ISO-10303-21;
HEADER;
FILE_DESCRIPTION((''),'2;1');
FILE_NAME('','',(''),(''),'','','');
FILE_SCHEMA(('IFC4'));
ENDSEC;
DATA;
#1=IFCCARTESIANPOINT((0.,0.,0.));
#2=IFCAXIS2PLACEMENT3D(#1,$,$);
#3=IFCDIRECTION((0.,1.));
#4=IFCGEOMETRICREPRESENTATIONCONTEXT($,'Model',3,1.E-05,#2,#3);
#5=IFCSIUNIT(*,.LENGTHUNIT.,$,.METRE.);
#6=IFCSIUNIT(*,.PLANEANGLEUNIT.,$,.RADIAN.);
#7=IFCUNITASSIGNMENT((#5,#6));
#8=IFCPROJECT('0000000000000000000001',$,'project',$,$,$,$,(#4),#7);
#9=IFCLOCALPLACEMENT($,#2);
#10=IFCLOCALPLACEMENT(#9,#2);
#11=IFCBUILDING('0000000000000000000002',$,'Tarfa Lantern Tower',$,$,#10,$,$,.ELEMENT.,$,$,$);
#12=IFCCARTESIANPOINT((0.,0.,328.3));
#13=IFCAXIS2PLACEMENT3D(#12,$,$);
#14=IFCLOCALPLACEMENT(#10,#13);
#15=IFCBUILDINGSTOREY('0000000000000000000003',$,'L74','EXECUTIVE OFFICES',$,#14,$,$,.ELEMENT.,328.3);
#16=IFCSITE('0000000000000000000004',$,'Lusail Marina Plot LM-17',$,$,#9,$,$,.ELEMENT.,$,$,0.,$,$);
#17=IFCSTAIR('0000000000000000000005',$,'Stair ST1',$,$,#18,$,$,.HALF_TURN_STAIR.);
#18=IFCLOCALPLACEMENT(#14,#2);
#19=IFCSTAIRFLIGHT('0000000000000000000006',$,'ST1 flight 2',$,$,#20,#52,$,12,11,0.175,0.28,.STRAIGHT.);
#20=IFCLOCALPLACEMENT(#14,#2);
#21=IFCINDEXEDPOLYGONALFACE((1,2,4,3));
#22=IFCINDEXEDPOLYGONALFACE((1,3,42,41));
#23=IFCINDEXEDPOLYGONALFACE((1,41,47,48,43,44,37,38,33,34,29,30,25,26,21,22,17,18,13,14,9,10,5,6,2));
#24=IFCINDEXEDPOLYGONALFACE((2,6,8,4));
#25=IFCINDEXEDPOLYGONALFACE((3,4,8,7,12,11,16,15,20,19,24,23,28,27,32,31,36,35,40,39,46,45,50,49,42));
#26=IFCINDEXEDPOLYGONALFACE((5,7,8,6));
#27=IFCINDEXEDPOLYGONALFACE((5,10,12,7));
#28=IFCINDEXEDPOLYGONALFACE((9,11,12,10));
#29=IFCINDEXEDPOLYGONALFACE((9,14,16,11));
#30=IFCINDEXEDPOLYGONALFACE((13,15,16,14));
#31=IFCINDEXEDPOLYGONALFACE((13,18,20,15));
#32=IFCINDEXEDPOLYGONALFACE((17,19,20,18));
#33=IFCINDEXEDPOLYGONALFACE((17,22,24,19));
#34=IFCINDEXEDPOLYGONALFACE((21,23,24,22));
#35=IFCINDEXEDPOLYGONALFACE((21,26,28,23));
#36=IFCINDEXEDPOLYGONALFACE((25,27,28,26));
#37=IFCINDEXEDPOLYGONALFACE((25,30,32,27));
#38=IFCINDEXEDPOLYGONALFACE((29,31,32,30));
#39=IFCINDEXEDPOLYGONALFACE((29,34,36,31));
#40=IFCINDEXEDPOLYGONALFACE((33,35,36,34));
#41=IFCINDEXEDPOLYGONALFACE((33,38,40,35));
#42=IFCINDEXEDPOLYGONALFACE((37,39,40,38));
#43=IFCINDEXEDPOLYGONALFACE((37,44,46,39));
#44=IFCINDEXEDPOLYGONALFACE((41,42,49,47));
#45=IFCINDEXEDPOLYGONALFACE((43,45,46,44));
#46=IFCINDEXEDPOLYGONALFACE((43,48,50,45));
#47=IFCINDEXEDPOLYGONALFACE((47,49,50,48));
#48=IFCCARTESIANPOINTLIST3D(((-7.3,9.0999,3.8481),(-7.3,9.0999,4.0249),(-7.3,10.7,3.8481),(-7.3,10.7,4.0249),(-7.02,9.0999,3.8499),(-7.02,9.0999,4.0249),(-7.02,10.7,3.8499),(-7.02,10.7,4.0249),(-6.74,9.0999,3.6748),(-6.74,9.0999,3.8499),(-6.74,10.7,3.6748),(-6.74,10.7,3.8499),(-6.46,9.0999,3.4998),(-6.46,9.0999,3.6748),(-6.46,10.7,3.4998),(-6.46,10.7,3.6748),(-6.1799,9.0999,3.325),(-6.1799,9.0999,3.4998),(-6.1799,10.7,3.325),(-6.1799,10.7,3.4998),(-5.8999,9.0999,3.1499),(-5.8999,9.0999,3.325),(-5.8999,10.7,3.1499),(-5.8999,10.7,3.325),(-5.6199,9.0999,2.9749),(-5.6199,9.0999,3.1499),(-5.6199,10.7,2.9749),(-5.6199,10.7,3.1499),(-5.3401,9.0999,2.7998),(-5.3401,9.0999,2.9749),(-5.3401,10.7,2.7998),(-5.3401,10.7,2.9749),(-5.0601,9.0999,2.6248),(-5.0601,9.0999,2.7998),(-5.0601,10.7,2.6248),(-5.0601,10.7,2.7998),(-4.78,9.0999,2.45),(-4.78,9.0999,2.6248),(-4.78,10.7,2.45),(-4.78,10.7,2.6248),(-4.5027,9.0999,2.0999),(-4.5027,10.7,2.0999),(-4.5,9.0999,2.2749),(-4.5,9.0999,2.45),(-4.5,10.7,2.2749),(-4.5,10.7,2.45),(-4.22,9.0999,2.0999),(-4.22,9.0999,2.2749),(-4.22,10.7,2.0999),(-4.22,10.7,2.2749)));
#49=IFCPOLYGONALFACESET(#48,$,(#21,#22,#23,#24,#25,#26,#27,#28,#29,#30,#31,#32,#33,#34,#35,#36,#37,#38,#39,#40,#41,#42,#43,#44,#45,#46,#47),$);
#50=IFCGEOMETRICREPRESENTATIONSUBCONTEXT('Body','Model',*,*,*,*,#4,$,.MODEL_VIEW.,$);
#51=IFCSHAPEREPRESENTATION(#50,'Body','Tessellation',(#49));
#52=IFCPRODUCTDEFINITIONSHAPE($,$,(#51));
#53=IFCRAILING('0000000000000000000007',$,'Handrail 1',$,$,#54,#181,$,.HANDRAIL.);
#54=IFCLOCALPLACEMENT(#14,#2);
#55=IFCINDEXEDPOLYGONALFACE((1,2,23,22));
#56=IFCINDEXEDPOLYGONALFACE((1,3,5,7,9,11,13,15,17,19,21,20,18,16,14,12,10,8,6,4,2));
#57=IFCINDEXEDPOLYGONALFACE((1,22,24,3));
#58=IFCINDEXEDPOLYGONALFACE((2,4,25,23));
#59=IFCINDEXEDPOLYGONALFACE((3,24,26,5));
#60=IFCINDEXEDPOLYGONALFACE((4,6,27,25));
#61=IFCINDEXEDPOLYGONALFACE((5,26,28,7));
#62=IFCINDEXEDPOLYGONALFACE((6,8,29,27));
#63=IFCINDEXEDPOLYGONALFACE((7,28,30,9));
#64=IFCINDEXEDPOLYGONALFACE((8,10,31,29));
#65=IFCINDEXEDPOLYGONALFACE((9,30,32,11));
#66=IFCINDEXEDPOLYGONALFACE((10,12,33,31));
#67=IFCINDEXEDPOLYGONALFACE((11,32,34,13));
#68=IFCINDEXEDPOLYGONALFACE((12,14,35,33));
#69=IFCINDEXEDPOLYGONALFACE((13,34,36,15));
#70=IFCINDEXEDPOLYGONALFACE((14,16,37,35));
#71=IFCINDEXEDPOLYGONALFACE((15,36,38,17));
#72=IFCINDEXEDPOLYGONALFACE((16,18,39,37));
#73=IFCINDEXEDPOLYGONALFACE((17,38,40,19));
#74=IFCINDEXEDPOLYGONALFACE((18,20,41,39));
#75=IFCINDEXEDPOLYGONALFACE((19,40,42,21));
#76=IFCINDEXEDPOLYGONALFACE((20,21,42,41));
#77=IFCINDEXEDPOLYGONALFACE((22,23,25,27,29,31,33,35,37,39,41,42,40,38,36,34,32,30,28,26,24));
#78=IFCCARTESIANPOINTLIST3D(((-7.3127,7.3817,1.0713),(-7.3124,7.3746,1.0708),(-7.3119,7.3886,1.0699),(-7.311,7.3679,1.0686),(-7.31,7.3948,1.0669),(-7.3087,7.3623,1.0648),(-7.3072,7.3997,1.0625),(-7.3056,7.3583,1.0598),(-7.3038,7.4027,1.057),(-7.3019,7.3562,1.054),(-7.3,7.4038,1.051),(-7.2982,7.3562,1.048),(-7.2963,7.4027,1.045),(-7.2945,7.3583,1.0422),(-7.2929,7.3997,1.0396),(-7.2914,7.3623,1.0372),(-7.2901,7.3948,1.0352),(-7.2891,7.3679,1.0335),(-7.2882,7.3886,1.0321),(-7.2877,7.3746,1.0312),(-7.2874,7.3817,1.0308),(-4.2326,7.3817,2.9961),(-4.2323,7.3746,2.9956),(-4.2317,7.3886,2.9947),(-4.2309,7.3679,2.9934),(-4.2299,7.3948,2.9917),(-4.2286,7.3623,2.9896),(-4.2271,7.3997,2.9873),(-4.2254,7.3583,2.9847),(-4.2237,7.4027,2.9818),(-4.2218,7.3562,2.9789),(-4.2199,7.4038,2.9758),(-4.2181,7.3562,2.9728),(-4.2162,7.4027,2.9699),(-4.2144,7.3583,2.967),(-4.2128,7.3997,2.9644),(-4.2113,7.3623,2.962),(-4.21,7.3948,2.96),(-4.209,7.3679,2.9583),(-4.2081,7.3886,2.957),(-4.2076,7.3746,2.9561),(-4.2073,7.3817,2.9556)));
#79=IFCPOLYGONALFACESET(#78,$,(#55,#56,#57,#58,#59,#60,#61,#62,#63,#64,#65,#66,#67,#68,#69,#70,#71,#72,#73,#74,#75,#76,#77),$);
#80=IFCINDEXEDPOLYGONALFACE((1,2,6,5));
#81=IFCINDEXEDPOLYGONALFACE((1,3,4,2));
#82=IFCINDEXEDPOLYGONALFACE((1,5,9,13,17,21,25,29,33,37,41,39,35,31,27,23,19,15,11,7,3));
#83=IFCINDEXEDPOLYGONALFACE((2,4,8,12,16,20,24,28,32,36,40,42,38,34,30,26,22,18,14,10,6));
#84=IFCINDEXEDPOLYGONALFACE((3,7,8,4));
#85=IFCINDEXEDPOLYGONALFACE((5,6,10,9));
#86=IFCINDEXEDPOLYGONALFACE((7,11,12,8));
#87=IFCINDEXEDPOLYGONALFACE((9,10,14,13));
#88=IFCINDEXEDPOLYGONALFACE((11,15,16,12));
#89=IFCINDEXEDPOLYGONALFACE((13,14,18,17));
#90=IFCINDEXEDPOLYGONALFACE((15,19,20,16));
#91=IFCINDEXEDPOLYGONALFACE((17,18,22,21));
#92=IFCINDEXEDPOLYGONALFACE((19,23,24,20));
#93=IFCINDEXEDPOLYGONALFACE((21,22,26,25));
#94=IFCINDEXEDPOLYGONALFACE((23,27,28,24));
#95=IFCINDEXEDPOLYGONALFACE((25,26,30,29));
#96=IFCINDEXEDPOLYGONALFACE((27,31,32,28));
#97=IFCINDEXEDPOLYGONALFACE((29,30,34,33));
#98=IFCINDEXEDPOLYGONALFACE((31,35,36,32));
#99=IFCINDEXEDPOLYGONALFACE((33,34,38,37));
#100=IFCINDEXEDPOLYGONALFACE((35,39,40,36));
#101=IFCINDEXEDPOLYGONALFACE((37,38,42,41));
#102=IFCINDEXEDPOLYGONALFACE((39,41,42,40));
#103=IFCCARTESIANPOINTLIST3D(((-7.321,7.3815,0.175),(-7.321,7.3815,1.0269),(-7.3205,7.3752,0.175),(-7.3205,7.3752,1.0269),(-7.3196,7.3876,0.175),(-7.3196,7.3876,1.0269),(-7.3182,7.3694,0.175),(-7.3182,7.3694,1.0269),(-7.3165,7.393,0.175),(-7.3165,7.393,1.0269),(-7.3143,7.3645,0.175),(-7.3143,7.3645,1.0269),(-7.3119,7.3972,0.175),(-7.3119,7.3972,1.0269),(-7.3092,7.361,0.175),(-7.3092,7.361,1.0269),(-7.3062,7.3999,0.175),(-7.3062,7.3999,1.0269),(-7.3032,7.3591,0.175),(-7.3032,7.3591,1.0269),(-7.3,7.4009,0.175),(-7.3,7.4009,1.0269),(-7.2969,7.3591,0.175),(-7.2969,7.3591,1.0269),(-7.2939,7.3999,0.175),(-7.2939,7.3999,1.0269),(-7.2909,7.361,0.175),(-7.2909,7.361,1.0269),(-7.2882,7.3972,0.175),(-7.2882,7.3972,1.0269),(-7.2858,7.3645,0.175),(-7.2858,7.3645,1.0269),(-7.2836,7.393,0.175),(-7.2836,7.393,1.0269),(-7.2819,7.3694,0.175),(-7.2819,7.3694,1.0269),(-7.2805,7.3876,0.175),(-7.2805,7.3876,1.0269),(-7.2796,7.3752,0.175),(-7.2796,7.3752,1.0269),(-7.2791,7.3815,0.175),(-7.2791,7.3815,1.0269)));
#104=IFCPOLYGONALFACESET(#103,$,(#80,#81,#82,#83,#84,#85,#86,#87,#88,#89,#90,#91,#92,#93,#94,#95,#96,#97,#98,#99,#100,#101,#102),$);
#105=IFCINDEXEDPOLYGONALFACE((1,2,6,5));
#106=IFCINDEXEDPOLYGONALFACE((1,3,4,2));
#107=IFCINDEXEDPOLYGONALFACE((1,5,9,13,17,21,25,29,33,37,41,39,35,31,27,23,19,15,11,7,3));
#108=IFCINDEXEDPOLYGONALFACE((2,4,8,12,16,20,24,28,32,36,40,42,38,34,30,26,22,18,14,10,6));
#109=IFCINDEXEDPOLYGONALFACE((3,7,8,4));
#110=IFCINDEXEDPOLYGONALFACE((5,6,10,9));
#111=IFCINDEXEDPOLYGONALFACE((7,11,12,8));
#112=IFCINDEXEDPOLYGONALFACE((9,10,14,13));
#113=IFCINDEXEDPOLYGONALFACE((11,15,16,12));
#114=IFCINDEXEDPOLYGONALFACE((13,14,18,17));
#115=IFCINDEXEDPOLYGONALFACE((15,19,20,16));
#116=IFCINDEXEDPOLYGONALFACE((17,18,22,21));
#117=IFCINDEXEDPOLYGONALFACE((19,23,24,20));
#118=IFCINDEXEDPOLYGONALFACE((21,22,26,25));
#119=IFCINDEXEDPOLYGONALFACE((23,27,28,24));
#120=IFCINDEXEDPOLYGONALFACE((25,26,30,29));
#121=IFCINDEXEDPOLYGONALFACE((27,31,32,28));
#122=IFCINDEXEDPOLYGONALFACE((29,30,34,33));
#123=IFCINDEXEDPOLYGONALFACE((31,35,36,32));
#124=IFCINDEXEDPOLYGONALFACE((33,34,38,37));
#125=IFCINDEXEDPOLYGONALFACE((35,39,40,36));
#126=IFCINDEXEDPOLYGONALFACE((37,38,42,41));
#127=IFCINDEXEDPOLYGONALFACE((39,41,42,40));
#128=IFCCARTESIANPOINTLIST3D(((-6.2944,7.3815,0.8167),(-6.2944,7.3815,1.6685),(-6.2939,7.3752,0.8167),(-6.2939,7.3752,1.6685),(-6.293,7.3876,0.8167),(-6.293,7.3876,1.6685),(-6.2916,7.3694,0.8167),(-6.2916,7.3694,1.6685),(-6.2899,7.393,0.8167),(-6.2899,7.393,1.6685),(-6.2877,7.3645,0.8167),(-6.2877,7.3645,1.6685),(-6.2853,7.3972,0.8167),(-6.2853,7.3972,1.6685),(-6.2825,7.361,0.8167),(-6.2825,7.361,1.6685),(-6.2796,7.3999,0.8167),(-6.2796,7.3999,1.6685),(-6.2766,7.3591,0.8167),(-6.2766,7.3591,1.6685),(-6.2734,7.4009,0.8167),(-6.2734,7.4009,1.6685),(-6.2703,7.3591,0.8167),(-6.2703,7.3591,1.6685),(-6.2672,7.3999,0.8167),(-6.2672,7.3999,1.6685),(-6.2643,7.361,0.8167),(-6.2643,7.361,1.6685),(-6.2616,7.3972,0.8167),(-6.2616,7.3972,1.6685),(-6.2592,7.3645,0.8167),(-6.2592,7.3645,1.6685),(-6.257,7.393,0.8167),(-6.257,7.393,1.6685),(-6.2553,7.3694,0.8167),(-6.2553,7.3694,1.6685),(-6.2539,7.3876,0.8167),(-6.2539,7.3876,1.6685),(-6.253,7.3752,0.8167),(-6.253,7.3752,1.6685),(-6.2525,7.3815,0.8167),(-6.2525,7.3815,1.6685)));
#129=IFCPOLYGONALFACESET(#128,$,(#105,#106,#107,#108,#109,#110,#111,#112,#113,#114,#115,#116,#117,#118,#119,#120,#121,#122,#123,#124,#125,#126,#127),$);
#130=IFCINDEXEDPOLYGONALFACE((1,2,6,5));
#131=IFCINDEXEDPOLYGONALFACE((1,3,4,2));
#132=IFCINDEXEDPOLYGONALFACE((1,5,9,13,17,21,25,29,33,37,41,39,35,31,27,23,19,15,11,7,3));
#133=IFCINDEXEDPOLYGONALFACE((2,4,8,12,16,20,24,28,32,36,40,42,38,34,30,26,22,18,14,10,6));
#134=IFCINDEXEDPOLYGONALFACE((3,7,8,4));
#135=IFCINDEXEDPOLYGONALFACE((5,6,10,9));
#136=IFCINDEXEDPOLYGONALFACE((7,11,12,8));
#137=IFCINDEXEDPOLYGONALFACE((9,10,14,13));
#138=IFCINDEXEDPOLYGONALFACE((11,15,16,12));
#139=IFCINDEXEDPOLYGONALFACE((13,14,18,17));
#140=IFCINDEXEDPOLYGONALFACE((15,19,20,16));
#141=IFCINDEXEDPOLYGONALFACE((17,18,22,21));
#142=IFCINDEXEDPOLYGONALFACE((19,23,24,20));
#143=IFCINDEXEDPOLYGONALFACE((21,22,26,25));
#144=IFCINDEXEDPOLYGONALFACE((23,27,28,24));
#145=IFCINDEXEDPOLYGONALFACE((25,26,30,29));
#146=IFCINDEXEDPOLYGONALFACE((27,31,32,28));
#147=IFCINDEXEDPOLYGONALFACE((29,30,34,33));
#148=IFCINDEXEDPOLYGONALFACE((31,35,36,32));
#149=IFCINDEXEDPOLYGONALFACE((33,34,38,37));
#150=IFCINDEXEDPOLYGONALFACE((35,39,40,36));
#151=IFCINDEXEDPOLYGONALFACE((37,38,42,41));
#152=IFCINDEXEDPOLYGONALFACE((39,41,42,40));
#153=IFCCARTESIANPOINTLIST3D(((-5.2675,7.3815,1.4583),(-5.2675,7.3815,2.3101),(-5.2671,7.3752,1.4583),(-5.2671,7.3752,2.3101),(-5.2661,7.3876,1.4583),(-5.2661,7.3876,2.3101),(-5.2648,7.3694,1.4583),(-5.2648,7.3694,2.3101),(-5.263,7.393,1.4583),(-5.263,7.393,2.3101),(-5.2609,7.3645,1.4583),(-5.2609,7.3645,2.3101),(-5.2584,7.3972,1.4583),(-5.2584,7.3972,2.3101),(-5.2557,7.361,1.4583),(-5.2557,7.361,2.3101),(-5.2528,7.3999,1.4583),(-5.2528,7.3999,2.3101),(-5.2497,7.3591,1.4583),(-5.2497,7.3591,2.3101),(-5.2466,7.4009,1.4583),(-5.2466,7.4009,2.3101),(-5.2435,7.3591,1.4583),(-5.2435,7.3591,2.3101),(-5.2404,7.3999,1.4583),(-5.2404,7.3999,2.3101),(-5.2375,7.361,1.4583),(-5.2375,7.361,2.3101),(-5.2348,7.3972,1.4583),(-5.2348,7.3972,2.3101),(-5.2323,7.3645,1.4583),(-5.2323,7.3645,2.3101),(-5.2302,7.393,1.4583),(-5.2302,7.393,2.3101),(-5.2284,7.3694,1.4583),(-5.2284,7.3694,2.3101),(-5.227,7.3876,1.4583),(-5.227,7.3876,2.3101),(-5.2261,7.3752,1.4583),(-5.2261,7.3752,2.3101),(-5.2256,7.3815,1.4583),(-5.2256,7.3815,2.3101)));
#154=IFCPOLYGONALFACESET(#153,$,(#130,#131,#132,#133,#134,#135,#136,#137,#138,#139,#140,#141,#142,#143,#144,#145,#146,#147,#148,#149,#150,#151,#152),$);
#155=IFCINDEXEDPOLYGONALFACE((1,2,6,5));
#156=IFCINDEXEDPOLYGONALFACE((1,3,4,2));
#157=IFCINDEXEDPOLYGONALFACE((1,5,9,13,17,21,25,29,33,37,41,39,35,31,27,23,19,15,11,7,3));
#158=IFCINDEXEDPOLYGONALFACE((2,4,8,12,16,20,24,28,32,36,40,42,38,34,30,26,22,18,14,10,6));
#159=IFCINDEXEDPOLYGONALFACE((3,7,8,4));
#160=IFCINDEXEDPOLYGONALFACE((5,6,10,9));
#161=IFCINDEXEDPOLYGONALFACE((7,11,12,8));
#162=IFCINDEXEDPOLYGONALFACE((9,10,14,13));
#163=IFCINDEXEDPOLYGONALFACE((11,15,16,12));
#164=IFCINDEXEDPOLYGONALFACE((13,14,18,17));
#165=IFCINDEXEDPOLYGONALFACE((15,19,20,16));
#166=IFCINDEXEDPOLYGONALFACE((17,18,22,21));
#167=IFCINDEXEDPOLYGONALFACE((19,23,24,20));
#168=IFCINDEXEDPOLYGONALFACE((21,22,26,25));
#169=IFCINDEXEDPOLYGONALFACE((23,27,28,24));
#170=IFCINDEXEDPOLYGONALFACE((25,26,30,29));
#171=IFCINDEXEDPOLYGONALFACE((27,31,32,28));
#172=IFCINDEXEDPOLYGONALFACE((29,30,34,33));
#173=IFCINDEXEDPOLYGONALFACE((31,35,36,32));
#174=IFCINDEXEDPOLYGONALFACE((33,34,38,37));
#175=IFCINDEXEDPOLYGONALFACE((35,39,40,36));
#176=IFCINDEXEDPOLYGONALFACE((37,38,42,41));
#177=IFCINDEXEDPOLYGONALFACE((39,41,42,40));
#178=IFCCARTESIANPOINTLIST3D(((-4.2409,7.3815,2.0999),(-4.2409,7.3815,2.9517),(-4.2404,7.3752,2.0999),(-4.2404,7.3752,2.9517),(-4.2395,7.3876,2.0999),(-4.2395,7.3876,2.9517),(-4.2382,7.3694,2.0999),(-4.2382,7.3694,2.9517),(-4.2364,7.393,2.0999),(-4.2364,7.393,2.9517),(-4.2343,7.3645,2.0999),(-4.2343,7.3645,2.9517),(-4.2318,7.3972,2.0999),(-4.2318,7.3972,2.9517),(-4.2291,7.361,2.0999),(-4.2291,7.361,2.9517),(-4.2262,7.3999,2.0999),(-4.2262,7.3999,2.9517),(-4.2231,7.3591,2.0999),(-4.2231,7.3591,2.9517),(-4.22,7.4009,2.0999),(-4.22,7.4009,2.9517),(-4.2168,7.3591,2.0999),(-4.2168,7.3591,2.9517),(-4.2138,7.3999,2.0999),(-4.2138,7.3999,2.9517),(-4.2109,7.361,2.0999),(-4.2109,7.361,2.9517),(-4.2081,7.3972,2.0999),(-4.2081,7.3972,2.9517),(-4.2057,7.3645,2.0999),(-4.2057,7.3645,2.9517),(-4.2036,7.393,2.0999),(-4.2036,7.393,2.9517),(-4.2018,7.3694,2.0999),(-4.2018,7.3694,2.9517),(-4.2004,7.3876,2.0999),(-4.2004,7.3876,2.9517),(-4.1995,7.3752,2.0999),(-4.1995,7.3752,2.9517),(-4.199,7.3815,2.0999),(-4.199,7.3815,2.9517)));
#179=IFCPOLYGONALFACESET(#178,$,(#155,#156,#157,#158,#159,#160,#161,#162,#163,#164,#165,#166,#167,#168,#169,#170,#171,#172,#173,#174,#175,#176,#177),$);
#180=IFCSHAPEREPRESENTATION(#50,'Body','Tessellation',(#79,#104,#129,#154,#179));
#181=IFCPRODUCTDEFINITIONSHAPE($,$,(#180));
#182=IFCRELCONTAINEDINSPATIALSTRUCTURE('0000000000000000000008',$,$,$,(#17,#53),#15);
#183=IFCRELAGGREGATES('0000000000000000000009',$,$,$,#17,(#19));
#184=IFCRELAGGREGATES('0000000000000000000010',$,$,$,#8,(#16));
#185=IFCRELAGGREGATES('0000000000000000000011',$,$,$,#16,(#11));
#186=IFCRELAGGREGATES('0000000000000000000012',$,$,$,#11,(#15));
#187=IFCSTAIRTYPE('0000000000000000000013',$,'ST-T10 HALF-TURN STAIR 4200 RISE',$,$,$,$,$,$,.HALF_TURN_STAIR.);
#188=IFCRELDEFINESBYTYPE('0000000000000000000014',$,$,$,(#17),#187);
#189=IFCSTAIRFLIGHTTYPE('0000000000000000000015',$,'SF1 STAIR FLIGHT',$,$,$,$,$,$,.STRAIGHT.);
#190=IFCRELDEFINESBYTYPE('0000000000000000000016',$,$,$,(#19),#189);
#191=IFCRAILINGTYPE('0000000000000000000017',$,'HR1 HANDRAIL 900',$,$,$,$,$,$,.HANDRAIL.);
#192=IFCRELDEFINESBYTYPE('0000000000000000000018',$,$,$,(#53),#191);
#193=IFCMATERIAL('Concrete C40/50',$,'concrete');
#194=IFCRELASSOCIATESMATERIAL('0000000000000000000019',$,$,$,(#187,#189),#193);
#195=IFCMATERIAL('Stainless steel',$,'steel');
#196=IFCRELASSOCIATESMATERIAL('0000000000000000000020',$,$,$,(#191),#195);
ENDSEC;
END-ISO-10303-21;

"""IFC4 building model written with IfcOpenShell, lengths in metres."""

from ifc_helpers import new_model, si_unit, direction, frame, origin, origin_2d, place, context, subcontext, project, spatial, polyline, circle, outline, extrude, material, type_object, element, aggregate, save


model = new_model("IFC4")

# Units and contexts
model_context = context("Model", 3, precision=1e-05, world=origin(), true_north=direction((0.0, 1.0)))
body_context = subcontext(model_context, "Body", "Model", "MODEL_VIEW")
ifc_project = project(units=[si_unit("LENGTHUNIT", "METRE"), si_unit("PLANEANGLEUNIT", "RADIAN")], contexts=[model_context])

# Site, building, storey
site_placement = place(None, origin())
site = spatial("IfcSite", under=ifc_project, at=site_placement, Name="Lusail Marina Plot LM-17", CompositionType="ELEMENT", RefElevation=0.0)
building_placement = place(site_placement, origin())
building = spatial("IfcBuilding", under=site, at=building_placement, Name="Tarfa Lantern Tower", CompositionType="ELEMENT")
storey_placement = place(building_placement, frame((0.0, 0.0, 328.3)))
storey = spatial("IfcBuildingStorey", under=building, at=storey_placement, Name="L74", Description="EXECUTIVE OFFICES", CompositionType="ELEMENT", Elevation=328.3)

# Stair, stair flight
ifc_material_1 = material(Name="Concrete C40/50", Category="concrete")
stair_type = type_object("IfcStairType", Name="ST-T10 HALF-TURN STAIR 4200 RISE", PredefinedType="HALF_TURN_STAIR", material=ifc_material_1)
stair_placement = place(storey_placement, origin())
stair = element("IfcStair", 1, at=stair_placement, inside=storey, type_object=stair_type, Name="Stair ST1", PredefinedType="HALF_TURN_STAIR")
stair_flight_type = type_object("IfcStairFlightType", Name="SF1 STAIR FLIGHT", PredefinedType="STRAIGHT", material=ifc_material_1)
stair_flight_1_placement = place(storey_placement, frame((-4.22, 9.8999, 2.0999), z_axis=(0.0, 0.0, 1.0), x_axis=(-1.0, 0.0, 0.0)))
stair_flight_1 = element("IfcStairFlight", 2, at=stair_flight_1_placement, type_object=stair_flight_type, Name="ST1 flight 2", NumberOfRisers=12, NumberOfTreads=11, PredefinedType="STRAIGHT", RiserHeight=0.175, TreadLength=0.28, context=body_context, shape_type="SweptSolid", body=[
    extrude(outline(polyline([(0.0, 0.0), (0.0, 0.175), (0.28, 0.175), (0.28, 0.3501), (0.5601, 0.3501), (0.5601, 0.5249), (0.8401, 0.5249), (0.8401, 0.7), (1.1201, 0.7), (1.1201, 0.875), (1.3999, 0.875), (1.3999, 1.05), (1.6799, 1.05), (1.6799, 1.2251), (1.96, 1.2251), (1.96, 1.3999), (2.24, 1.3999), (2.24, 1.575), (2.52, 1.575), (2.52, 1.75), (2.8, 1.75), (2.8, 1.925), (3.0801, 1.925), (3.0801, 2.1001), (3.0801, 1.7483), (0.2827, 0.0), (0.0, 0.0)])), frame((0.0, 0.8, 0.0), z_axis=(0.0, -1.0, 0.0), x_axis=(1.0, 0.0, 0.0)), (0.0, 0.0, 1.0), 1.6001),
])
aggregate(stair, [stair_flight_1])

# Railing
ifc_material_2 = material(Name="Stainless steel", Category="steel")
railing_type = type_object("IfcRailingType", Name="HR1 HANDRAIL 900", PredefinedType="HANDRAIL", material=ifc_material_2)
railing_1_placement = place(storey_placement, frame((-7.3, 7.3799, 0.175)))
element("IfcRailing", 3, at=railing_1_placement, inside=storey, type_object=railing_type, Name="Handrail 1", PredefinedType="HANDRAIL", context=body_context, shape_type="SweptSolid", body=[
    extrude(circle(Radius=0.0239, at=origin_2d()), frame((0.0, 0.0, 0.876), z_axis=(0.848029, 0.0, 0.529951), x_axis=(0.0, 1.0, 0.0)), (0.0, 0.0, 1.0), 3.6321),
    extrude(circle(Radius=0.021, at=origin_2d()), frame((0.0, 0.0, 0.0), z_axis=(0.0, 0.0, 1.0), x_axis=(0.0, 1.0, 0.0)), (0.0, 0.0, 1.0), 0.8518),
    extrude(circle(Radius=0.021, at=origin_2d()), frame((1.0266, 0.0, 0.6416), z_axis=(0.0, 0.0, 1.0), x_axis=(0.0, 1.0, 0.0)), (0.0, 0.0, 1.0), 0.8518),
    extrude(circle(Radius=0.021, at=origin_2d()), frame((2.0535, 0.0, 1.2832), z_axis=(0.0, 0.0, 1.0), x_axis=(0.0, 1.0, 0.0)), (0.0, 0.0, 1.0), 0.8518),
    extrude(circle(Radius=0.021, at=origin_2d()), frame((3.0801, 0.0, 1.9248), z_axis=(0.0, 0.0, 1.0), x_axis=(0.0, 1.0, 0.0)), (0.0, 0.0, 1.0), 0.8518),
])

save(model, "model.ifc")
